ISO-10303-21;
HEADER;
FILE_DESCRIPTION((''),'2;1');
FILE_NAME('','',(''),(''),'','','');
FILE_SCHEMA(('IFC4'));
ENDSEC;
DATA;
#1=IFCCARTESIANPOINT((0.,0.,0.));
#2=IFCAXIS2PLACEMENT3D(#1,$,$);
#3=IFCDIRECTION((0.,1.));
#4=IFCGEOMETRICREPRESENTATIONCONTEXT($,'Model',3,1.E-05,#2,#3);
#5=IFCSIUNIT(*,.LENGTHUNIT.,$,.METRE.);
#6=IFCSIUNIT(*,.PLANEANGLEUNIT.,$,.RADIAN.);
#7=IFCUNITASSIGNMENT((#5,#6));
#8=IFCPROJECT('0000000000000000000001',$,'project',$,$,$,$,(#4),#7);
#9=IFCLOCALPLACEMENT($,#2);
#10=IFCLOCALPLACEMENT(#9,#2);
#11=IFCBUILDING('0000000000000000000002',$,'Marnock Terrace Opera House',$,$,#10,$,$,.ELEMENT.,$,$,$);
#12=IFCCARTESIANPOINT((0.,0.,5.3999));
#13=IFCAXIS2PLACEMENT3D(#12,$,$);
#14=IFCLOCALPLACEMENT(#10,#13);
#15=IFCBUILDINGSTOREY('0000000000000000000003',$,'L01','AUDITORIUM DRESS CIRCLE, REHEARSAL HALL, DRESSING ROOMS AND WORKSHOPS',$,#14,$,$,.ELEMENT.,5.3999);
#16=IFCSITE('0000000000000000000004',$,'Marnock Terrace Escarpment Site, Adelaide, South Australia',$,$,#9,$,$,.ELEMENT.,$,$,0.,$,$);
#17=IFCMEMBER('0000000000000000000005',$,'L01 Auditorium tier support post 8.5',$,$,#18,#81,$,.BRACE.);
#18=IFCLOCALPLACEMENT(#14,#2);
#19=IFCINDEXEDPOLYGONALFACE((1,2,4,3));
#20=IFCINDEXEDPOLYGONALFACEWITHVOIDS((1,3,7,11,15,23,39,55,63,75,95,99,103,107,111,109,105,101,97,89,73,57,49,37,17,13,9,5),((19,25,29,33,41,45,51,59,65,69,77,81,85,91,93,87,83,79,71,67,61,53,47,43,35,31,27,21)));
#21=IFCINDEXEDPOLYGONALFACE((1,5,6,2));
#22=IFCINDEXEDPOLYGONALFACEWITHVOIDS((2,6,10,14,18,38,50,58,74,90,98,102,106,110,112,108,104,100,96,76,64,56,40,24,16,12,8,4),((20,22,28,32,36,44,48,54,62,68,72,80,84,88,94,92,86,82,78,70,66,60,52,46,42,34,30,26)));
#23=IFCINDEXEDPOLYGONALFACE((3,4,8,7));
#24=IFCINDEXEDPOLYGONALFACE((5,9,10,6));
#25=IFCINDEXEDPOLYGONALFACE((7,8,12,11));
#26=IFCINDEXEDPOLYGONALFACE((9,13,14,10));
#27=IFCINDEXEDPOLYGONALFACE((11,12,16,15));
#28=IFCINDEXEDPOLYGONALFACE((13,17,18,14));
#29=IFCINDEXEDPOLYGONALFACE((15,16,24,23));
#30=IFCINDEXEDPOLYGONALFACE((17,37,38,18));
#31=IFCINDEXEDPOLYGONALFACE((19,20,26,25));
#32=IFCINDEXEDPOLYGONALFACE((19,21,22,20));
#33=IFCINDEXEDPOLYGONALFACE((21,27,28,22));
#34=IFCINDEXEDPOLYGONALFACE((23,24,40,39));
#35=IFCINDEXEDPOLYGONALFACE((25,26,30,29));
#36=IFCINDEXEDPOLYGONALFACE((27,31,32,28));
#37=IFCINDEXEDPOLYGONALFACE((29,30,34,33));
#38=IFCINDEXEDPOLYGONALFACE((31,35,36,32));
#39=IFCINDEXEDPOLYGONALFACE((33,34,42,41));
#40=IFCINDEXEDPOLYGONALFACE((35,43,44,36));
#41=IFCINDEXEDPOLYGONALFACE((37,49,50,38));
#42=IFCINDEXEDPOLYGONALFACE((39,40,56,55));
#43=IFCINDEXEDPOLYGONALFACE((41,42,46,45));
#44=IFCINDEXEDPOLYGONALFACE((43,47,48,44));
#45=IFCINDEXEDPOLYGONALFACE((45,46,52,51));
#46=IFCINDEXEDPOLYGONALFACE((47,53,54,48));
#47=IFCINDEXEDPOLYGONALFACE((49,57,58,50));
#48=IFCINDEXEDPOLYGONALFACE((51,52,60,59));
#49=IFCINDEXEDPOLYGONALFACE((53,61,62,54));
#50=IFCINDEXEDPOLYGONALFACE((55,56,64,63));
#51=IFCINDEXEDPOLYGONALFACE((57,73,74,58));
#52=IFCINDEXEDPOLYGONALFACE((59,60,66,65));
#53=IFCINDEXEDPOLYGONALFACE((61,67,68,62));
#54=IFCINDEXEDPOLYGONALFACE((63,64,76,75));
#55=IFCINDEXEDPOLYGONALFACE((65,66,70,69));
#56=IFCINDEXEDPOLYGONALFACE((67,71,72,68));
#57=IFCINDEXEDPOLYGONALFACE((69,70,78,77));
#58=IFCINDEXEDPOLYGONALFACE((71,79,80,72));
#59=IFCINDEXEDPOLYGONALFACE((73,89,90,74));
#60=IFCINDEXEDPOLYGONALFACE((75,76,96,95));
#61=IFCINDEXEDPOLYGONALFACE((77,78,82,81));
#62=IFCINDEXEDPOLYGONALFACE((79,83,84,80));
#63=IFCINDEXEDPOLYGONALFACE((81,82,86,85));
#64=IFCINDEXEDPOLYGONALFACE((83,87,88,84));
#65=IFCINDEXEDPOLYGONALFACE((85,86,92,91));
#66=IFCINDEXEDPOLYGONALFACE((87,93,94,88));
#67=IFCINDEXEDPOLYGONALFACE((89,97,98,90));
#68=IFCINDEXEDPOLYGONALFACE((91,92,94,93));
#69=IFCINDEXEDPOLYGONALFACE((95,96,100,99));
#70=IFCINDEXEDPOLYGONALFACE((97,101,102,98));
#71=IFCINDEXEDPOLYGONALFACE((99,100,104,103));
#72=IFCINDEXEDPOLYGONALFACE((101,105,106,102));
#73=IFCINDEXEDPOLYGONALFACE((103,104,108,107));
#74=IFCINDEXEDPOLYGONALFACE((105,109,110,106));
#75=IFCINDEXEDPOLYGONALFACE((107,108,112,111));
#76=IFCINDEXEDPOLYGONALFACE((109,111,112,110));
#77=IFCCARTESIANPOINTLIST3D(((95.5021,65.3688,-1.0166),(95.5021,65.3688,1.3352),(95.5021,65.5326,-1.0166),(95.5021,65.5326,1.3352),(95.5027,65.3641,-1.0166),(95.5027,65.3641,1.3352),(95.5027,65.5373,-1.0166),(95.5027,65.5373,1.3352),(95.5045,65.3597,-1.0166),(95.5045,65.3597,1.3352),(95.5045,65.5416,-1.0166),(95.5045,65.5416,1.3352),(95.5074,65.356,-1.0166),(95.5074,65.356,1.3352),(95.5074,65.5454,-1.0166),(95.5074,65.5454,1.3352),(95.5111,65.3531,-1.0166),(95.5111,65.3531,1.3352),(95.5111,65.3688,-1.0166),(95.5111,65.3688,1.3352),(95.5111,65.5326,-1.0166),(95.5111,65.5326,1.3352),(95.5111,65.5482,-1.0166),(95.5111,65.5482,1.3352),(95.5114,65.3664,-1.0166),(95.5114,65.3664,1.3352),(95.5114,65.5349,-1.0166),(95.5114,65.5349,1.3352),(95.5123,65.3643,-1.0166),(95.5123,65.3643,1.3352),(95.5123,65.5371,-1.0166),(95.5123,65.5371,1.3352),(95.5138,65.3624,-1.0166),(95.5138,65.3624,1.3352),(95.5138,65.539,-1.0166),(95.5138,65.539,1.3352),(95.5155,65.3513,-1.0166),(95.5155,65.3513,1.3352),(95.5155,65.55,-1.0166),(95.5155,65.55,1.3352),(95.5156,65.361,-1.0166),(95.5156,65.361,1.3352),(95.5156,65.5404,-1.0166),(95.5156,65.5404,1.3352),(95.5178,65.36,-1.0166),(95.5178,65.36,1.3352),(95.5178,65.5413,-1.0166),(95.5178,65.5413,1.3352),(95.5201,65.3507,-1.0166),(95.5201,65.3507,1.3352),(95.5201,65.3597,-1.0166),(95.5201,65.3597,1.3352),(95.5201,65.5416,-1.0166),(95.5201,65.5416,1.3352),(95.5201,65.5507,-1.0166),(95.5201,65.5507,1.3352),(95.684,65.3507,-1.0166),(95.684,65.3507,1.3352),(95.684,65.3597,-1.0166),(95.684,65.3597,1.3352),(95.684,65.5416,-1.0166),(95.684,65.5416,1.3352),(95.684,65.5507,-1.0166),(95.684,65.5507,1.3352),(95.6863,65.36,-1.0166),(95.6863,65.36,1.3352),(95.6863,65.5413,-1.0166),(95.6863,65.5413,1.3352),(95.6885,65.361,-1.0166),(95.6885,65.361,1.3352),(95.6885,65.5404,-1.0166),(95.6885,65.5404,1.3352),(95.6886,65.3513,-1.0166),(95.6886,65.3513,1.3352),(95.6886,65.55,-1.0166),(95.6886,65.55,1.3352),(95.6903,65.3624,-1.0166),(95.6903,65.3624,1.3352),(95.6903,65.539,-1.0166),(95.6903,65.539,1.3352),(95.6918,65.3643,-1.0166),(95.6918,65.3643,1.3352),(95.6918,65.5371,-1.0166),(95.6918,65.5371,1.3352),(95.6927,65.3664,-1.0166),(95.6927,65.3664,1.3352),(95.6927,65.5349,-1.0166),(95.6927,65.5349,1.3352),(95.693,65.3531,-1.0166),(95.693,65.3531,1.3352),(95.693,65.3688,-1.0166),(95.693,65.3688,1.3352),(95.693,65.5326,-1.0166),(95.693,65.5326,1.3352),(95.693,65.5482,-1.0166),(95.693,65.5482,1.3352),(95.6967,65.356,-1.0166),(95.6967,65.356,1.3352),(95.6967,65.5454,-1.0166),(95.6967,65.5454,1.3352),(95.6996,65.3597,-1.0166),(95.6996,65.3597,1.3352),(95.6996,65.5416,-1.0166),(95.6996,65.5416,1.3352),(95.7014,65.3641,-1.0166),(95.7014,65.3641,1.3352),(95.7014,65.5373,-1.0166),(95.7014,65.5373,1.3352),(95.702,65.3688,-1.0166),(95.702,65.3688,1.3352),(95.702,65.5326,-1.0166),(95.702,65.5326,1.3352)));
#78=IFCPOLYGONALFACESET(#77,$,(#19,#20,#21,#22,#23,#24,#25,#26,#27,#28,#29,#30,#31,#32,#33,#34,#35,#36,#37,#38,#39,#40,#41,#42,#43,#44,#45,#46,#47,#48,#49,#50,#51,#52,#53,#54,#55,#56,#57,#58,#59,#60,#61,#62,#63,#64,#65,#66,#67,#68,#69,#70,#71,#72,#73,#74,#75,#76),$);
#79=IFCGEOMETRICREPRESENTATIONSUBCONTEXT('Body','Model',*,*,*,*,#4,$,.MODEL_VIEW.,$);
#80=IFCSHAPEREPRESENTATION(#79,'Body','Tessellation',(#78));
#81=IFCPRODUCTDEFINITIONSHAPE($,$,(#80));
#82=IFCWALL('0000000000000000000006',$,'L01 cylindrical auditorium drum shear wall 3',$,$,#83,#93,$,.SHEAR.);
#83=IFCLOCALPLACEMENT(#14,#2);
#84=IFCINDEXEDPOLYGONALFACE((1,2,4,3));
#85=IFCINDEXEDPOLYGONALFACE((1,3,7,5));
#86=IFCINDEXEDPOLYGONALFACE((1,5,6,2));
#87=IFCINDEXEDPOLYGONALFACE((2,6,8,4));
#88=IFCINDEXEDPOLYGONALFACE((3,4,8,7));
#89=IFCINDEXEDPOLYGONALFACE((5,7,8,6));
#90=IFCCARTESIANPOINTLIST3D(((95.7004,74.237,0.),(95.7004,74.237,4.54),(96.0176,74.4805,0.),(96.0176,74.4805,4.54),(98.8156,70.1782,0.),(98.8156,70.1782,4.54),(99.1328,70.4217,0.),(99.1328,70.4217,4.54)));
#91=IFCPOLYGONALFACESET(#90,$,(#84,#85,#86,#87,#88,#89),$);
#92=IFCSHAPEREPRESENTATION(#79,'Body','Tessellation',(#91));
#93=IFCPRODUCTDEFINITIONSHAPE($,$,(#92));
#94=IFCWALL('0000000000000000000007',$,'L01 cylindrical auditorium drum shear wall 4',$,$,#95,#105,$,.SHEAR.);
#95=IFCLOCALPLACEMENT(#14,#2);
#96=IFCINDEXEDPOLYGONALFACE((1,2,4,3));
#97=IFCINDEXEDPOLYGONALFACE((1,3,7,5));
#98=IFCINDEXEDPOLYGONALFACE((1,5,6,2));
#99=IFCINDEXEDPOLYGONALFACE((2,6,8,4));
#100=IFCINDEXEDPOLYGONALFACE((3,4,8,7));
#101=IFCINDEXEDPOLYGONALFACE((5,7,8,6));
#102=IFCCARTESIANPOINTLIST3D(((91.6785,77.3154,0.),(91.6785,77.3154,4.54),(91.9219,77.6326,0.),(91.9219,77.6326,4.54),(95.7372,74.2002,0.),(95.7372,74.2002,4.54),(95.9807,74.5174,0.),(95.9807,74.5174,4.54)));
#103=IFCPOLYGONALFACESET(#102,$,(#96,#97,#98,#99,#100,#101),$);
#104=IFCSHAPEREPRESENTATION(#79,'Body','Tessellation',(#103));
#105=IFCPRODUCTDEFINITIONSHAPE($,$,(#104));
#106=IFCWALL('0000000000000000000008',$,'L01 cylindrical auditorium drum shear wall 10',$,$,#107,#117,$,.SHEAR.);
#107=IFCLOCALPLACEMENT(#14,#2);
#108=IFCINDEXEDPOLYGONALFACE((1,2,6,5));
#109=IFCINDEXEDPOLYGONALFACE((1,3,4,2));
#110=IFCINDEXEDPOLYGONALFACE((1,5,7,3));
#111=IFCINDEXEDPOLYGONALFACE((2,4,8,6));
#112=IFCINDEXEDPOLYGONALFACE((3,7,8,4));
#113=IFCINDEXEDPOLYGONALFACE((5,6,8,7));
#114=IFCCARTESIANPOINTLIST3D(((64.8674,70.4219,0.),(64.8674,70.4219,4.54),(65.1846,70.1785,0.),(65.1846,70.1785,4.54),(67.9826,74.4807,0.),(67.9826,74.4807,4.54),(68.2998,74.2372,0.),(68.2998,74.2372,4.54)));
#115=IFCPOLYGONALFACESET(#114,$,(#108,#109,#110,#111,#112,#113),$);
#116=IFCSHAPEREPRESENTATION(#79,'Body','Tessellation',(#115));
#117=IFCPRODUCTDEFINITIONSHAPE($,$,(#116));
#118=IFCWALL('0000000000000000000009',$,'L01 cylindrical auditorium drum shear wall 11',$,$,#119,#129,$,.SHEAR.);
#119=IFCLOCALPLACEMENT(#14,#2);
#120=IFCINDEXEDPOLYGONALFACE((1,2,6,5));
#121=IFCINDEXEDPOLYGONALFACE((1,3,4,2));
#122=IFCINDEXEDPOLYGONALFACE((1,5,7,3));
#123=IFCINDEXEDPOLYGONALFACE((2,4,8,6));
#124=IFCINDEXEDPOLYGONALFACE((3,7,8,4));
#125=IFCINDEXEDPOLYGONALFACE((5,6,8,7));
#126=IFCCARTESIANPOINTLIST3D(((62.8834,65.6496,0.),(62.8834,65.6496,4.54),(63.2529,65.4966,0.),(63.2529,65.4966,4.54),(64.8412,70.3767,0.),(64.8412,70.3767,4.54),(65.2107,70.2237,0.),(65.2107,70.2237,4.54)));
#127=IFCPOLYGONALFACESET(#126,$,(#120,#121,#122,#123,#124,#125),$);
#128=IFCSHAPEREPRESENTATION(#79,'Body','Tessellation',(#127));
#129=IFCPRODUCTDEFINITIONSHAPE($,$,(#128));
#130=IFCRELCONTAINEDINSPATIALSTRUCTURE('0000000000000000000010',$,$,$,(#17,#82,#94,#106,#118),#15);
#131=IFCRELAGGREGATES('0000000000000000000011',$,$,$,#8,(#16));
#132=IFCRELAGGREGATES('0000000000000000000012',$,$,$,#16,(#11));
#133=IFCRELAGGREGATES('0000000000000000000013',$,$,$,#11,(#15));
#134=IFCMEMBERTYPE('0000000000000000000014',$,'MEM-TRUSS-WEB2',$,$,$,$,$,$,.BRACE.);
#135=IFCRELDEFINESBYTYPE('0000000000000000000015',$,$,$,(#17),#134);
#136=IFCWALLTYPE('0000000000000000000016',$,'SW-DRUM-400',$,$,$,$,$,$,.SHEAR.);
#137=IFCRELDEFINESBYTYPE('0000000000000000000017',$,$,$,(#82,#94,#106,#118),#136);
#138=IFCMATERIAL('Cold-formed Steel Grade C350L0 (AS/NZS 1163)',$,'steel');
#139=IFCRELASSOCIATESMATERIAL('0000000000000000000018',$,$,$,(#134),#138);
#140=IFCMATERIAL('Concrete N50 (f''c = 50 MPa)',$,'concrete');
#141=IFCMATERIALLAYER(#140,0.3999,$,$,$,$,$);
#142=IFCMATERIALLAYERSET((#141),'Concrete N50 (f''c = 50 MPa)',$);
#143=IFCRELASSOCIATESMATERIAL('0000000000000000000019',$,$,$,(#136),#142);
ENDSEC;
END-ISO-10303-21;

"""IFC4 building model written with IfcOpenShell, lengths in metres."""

from ifc_helpers import new_model, si_unit, direction, frame, frame_2d, origin, origin_2d, place, context, subcontext, project, spatial, rectangle, hollow_rectangle, extrude, material, layer, layer_set, material_profile, profile_set, type_object, element, save


model = new_model("IFC4")

# Units and contexts
model_context = context("Model", 3, precision=1e-05, world=origin(), true_north=direction((0.0, 1.0)))
body_context = subcontext(model_context, "Body", "Model", "MODEL_VIEW")
ifc_project = project(units=[si_unit("LENGTHUNIT", "METRE"), si_unit("PLANEANGLEUNIT", "RADIAN")], contexts=[model_context])

# Site, building, storey
site_placement = place(None, origin())
site = spatial("IfcSite", under=ifc_project, at=site_placement, Name="Marnock Terrace Escarpment Site, Adelaide, South Australia", CompositionType="ELEMENT", RefElevation=0.0)
building_placement = place(site_placement, origin())
building = spatial("IfcBuilding", under=site, at=building_placement, Name="Marnock Terrace Opera House", CompositionType="ELEMENT")
storey_placement = place(building_placement, frame((0.0, 0.0, 5.3999)))
storey = spatial("IfcBuildingStorey", under=building, at=storey_placement, Name="L01", Description="AUDITORIUM DRESS CIRCLE, REHEARSAL HALL, DRESSING ROOMS AND WORKSHOPS", CompositionType="ELEMENT", Elevation=5.3999)

# Shared definitions
ifc_material_1 = material(Name="Concrete N50 (f'c = 50 MPa)", Category="concrete")

# Member
ifc_material_2 = material(Name="Cold-formed Steel Grade C350L0 (AS/NZS 1163)", Category="steel")
ifc_material_profile_1 = material_profile(ifc_material_2, hollow_rectangle(XDim=0.2, YDim=0.2, WallThickness=0.009, InnerFilletRadius=0.009, OuterFilletRadius=0.0181, at=origin_2d()))
ifc_profile_set_1 = profile_set([ifc_material_profile_1], Name="Cold-formed Steel Grade C350L0 (AS/NZS 1163)")
member_type = type_object("IfcMemberType", Name="MEM-TRUSS-WEB2", PredefinedType="BRACE", material=ifc_profile_set_1)
member_1_placement = place(storey_placement, frame((95.6021, 65.4507, -1.0166), z_axis=(0.0, 0.0, 1.0), x_axis=(1.0, 0.0, 0.0)))
element("IfcMember", 1, at=member_1_placement, inside=storey, type_object=member_type, Name="L01 Auditorium tier support post 8.5", PredefinedType="BRACE", context=body_context, shape_type="SweptSolid", body=[
    extrude(hollow_rectangle(XDim=0.2, YDim=0.2, WallThickness=0.009, InnerFilletRadius=0.009, OuterFilletRadius=0.0181, at=origin_2d()), origin(), (0.0, 0.0, 1.0), 2.3518),
])

# Walls
ifc_layer = layer(ifc_material_1, 0.3999)
ifc_layer_set = layer_set([ifc_layer], Name="Concrete N50 (f'c = 50 MPa)")
wall_type = type_object("IfcWallType", Name="SW-DRUM-400", PredefinedType="SHEAR", material=ifc_layer_set)
for number, where, z_axis, x_axis, name in (
    (2, (98.9741, 70.3, 0.0), (0.0, 0.0, 1.0), (-0.608857, 0.79328, 0.0), "L01 cylindrical auditorium drum shear wall 3"),
    (3, (95.8589, 74.3589, 0.0), (0.0, 0.0, 1.0), (-0.79328, 0.608857, 0.0), "L01 cylindrical auditorium drum shear wall 4"),
    (4, (68.1411, 74.3589, 0.0), (0.0, 0.0, 1.0), (-0.608857, -0.79328, 0.0), "L01 cylindrical auditorium drum shear wall 10"),
    (5, (65.0259, 70.3, 0.0), (0.0, 0.0, 1.0), (-0.382643, -0.923896, 0.0), "L01 cylindrical auditorium drum shear wall 11"),
):
    element("IfcWall", number, at=place(storey_placement, frame(where, z_axis=z_axis, x_axis=x_axis)), inside=storey, type_object=wall_type, Name=name, PredefinedType="SHEAR", context=body_context, shape_type="SweptSolid", body=[
        extrude(rectangle(XDim=5.1165, YDim=0.3999, at=frame_2d((2.5581, 0.0))), origin(), (0.0, 0.0, 1.0), 4.54),
    ])

save(model, "model.ifc")
